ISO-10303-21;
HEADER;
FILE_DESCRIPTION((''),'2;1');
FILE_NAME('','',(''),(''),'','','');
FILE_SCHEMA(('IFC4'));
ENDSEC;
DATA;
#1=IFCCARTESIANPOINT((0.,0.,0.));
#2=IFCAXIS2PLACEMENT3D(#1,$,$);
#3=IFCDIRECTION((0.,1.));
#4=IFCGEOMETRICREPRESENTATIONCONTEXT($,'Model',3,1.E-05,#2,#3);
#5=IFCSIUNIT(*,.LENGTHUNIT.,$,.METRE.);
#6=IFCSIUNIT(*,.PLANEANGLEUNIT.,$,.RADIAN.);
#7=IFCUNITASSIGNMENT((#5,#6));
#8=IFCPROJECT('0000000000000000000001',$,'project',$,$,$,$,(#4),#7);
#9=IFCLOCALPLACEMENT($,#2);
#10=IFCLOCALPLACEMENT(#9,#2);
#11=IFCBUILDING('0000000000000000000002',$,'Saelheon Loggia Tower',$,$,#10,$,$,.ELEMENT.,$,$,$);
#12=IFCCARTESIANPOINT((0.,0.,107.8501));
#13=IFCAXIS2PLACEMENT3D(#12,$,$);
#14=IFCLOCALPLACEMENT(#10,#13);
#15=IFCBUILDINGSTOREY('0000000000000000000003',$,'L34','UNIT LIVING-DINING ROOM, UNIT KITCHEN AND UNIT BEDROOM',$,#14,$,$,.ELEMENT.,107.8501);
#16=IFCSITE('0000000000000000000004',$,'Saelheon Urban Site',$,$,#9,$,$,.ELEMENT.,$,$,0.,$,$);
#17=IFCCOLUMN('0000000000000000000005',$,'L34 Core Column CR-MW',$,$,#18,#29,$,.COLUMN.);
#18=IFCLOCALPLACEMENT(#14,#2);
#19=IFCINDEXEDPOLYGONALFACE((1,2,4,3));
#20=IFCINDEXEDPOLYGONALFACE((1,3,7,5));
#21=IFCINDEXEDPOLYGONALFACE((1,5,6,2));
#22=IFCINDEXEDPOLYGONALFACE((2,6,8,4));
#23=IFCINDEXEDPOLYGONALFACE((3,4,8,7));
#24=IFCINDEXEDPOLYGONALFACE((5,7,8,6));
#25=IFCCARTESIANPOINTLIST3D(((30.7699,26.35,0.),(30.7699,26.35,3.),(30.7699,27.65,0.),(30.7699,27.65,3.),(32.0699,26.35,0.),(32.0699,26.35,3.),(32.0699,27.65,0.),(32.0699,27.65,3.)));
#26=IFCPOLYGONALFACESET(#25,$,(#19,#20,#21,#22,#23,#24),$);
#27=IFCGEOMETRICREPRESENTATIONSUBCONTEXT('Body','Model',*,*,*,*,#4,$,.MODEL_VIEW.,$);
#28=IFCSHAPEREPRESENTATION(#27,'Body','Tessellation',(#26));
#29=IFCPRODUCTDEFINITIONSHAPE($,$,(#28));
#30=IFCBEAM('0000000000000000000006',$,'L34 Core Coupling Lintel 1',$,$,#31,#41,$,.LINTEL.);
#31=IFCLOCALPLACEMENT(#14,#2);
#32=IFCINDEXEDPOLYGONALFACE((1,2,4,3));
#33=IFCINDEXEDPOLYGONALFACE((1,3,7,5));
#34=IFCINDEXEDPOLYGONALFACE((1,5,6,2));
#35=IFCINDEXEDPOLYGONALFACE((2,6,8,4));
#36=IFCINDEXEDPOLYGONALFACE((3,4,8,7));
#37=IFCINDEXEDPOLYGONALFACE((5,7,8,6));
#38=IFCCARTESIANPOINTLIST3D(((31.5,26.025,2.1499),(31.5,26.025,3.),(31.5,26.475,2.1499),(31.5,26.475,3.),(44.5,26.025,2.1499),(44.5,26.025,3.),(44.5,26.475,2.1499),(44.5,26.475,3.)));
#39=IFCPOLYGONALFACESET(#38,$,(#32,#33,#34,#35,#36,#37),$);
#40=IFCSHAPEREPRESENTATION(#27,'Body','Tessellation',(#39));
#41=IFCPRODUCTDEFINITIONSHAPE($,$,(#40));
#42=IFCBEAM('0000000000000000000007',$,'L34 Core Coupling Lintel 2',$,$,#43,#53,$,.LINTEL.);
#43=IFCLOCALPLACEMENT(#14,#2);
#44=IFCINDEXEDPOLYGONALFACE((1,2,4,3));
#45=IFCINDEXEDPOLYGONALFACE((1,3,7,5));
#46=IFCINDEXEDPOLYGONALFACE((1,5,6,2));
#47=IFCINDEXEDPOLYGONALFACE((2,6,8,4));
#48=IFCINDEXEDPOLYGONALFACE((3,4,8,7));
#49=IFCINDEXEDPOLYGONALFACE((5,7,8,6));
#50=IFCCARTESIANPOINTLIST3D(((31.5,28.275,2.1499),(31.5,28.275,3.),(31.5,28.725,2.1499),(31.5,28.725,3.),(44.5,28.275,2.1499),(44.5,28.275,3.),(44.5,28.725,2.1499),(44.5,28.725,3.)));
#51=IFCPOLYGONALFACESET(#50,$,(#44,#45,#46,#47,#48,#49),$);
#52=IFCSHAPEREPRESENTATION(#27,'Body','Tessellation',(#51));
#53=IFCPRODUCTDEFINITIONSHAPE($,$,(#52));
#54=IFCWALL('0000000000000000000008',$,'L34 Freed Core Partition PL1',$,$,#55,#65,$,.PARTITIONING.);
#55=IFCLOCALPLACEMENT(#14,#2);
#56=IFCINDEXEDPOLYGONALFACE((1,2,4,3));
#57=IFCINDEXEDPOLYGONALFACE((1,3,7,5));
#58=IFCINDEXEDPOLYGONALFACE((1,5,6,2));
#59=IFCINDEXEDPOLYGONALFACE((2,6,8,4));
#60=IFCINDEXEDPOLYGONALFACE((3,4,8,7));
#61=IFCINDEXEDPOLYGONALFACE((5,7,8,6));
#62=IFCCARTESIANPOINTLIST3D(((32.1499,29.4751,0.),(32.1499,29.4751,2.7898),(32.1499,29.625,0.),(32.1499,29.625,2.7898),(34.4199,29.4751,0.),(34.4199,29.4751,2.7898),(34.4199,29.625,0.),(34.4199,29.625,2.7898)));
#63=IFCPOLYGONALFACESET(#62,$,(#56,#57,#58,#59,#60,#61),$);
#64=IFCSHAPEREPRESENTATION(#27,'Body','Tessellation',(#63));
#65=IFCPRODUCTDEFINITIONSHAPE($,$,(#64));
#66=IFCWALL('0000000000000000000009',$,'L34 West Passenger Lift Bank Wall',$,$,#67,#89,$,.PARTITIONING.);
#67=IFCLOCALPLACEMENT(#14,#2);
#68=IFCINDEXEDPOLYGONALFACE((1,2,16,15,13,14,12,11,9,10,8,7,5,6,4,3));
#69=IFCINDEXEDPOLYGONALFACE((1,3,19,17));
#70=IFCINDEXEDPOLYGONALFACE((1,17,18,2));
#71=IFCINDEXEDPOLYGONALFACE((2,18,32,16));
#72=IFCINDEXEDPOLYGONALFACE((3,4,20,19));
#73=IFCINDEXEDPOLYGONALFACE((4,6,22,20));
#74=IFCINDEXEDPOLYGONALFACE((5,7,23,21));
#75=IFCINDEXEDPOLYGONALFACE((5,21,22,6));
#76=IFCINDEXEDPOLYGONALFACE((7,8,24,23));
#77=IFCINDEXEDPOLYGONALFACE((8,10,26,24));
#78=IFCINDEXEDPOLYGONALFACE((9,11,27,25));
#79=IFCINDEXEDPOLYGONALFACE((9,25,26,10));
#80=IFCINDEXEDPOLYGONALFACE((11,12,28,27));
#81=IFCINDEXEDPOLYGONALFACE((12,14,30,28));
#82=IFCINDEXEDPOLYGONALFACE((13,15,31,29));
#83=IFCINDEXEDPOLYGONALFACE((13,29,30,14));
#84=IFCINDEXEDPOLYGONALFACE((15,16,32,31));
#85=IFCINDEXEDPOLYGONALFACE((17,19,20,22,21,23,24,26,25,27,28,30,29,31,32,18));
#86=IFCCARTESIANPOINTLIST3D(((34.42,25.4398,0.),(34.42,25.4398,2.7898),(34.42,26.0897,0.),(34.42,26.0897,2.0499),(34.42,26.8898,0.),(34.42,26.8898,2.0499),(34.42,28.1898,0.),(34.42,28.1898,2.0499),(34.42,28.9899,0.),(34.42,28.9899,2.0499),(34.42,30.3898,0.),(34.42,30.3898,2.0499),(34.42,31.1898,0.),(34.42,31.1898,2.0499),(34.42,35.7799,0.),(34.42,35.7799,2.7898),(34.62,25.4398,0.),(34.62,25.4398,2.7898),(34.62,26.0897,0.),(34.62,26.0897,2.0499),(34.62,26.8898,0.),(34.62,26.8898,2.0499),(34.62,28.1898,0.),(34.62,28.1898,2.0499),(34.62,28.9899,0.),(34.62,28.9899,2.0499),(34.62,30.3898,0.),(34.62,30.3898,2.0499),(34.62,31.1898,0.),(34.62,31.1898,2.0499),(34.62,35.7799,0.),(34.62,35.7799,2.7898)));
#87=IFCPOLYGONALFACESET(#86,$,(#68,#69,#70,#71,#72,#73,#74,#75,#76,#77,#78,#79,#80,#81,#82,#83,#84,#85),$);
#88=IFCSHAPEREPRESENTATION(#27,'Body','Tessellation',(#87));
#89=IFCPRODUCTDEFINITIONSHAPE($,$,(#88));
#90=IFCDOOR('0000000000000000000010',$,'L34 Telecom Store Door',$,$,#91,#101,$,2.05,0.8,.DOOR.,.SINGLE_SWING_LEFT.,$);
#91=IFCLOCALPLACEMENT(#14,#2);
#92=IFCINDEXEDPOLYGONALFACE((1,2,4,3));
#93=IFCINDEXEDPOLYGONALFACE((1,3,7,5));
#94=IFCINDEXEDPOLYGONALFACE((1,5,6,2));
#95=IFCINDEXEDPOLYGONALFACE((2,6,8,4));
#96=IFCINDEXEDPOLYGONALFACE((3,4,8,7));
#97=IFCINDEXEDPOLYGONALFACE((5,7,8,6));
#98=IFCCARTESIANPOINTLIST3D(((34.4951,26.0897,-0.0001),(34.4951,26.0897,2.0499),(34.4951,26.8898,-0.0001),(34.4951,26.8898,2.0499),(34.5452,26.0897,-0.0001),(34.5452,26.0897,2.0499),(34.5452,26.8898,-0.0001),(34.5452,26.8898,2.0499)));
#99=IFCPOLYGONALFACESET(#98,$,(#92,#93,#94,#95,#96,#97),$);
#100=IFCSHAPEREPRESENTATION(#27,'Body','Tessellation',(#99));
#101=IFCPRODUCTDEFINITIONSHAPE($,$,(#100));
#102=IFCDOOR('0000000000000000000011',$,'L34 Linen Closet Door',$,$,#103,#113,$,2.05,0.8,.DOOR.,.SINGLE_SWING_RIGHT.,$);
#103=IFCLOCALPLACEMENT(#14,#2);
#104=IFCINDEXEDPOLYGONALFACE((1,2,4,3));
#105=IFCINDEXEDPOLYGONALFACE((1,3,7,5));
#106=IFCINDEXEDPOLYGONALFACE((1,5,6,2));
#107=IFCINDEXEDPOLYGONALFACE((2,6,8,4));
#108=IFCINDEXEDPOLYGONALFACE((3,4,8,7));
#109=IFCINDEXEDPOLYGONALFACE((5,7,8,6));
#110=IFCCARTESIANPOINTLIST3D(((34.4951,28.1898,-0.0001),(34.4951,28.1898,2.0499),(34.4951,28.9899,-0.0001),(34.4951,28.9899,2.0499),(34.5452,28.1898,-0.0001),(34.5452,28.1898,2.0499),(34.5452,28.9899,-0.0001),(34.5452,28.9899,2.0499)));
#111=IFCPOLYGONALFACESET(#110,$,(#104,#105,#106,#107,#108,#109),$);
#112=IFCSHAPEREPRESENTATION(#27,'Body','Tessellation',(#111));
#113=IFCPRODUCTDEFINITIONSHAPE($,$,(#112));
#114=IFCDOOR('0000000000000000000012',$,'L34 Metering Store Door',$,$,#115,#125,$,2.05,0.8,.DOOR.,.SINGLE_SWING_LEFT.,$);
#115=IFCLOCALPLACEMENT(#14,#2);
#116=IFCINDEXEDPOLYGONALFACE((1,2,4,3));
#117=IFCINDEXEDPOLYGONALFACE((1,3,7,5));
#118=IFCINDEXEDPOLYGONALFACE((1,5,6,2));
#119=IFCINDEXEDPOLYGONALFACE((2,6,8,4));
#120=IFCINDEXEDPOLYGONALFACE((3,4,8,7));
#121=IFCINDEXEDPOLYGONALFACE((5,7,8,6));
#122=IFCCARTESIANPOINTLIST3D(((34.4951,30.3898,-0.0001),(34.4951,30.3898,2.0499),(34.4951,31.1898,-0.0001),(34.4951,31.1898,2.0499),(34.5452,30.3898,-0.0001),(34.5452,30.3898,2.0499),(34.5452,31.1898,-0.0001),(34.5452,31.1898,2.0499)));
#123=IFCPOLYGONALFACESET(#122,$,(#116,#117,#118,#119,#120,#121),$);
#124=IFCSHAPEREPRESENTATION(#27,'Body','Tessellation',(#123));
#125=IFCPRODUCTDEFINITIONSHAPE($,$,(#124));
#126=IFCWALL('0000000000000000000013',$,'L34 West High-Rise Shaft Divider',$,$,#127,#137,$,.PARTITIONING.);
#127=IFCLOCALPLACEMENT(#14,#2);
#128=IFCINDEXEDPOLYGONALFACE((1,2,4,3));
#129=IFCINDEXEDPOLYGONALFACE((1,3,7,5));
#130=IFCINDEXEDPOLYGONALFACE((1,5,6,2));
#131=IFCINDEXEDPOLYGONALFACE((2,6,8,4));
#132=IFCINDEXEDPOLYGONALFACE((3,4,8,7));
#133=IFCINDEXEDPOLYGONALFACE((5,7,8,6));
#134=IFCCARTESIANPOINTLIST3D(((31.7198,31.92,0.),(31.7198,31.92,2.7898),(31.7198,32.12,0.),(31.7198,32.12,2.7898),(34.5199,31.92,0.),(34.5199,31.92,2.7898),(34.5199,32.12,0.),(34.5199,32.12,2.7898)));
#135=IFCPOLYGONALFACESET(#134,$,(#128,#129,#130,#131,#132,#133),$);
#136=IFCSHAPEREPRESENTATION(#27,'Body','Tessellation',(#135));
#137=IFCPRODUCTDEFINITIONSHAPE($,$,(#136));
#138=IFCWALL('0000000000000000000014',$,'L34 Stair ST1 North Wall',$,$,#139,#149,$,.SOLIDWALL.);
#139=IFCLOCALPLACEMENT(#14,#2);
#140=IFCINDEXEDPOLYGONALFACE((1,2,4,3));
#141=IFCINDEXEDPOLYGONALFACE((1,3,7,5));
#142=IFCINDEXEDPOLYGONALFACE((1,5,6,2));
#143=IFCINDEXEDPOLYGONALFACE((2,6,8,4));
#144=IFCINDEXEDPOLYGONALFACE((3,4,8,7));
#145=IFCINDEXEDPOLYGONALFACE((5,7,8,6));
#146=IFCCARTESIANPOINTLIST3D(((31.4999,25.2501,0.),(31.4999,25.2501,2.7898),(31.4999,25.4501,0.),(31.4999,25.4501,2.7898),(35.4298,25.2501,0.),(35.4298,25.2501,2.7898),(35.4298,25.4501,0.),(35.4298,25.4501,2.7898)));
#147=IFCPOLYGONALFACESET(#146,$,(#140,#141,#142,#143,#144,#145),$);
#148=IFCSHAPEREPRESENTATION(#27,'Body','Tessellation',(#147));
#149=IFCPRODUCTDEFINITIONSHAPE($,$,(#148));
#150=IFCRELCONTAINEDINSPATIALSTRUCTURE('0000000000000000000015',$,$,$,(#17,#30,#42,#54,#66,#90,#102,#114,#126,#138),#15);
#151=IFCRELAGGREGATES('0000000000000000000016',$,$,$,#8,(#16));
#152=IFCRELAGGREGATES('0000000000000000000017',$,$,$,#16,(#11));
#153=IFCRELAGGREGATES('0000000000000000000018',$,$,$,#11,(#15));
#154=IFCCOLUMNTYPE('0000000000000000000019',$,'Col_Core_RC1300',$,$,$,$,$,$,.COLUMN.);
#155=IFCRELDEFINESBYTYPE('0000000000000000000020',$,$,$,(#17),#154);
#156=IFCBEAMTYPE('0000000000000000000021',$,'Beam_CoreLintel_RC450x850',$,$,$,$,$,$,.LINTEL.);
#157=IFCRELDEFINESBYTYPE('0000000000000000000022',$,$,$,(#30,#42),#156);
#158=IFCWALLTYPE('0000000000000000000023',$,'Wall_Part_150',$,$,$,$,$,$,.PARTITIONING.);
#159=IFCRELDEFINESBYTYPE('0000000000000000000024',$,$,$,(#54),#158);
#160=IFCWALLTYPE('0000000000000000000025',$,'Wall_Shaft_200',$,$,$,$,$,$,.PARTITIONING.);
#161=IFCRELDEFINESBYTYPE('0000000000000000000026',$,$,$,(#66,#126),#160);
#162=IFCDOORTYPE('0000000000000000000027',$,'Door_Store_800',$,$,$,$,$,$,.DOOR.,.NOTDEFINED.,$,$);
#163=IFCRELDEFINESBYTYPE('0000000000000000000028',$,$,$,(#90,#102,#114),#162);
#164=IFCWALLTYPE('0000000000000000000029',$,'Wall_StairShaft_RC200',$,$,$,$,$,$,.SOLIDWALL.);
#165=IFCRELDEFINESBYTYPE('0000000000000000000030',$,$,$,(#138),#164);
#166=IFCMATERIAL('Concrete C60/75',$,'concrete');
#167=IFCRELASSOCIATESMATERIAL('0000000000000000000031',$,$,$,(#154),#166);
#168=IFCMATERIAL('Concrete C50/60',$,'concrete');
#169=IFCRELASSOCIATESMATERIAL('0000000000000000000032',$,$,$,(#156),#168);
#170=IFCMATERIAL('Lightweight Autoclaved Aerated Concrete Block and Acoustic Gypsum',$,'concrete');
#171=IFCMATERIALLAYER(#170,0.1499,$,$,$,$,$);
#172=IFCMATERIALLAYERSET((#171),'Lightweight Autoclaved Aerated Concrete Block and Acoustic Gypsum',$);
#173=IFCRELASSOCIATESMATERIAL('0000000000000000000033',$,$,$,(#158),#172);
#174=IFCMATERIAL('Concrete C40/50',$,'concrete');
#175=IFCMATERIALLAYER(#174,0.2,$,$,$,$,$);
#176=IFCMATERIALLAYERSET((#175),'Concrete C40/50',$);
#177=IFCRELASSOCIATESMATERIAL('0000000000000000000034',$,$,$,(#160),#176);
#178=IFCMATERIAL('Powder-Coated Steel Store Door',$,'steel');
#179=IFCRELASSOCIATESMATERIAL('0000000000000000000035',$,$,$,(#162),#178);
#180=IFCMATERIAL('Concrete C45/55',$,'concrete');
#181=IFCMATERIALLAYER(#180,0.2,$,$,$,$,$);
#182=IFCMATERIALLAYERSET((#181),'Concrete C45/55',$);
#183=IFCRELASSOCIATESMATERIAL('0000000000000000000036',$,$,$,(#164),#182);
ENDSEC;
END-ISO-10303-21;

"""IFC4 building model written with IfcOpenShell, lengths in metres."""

from ifc_helpers import new_model, si_unit, direction, frame, frame_2d, origin, origin_2d, place, context, subcontext, project, spatial, rectangle, extrude, source, transform, mapped, material, layer, layer_set, material_profile, profile_set, type_object, element, fill, save


model = new_model("IFC4")

# Units and contexts
model_context = context("Model", 3, precision=1e-05, world=origin(), true_north=direction((0.0, 1.0)))
body_context = subcontext(model_context, "Body", "Model", "MODEL_VIEW")
ifc_project = project(units=[si_unit("LENGTHUNIT", "METRE"), si_unit("PLANEANGLEUNIT", "RADIAN")], contexts=[model_context])

# Site, building, storey
site_placement = place(None, origin())
site = spatial("IfcSite", under=ifc_project, at=site_placement, Name="Saelheon Urban Site", CompositionType="ELEMENT", RefElevation=0.0)
building_placement = place(site_placement, origin())
building = spatial("IfcBuilding", under=site, at=building_placement, Name="Saelheon Loggia Tower", CompositionType="ELEMENT")
storey_placement = place(building_placement, frame((0.0, 0.0, 107.8501)))
storey = spatial("IfcBuildingStorey", under=building, at=storey_placement, Name="L34", Description="UNIT LIVING-DINING ROOM, UNIT KITCHEN AND UNIT BEDROOM", CompositionType="ELEMENT", Elevation=107.8501)

# Column
ifc_material_1 = material(Name="Concrete C60/75", Category="concrete")
ifc_material_profile_1 = material_profile(ifc_material_1, rectangle(XDim=1.3, YDim=1.3, at=origin_2d()), Name="RC-1300x1300")
ifc_profile_set_1 = profile_set([ifc_material_profile_1], Name="Concrete C60/75")
column_type = type_object("IfcColumnType", Name="Col_Core_RC1300", PredefinedType="COLUMN", material=ifc_profile_set_1)
shared_shape_1 = source(origin(), body_context, "Body", "SweptSolid", [
    extrude(rectangle(XDim=1.3, YDim=1.3, at=origin_2d()), origin(), (0.0, 0.0, 1.0), 3.0),
])
column_placement = place(storey_placement, frame((31.4199, 27.0, 0.0), z_axis=(0.0, 0.0, 1.0), x_axis=(1.0, 0.0, 0.0)))
element("IfcColumn", 1, at=column_placement, inside=storey, type_object=column_type, Name="L34 Core Column CR-MW", PredefinedType="COLUMN", context=body_context, shape_type="MappedRepresentation", body=[
    mapped(shared_shape_1, transform((0.0, 0.0, 0.0), scale=1.0)),
])

# Beams
ifc_material_2 = material(Name="Concrete C50/60", Category="concrete")
ifc_material_profile_2 = material_profile(ifc_material_2, rectangle(XDim=0.45, YDim=0.8501, at=origin_2d()), Name="RC-450x850")
ifc_profile_set_2 = profile_set([ifc_material_profile_2], Name="Concrete C50/60")
beam_type = type_object("IfcBeamType", Name="Beam_CoreLintel_RC450x850", PredefinedType="LINTEL", material=ifc_profile_set_2)
shared_shape_2 = source(origin(), body_context, "Body", "SweptSolid", [
    extrude(rectangle(XDim=0.45, YDim=0.8501, at=origin_2d()), origin(), (0.0, 0.0, 1.0), 13.0),
])
for number, where, z_axis, x_axis, name in (
    (2, (31.5, 26.25, 2.575), (1.0, 0.0, 0.0), (0.0, 1.0, 0.0), "L34 Core Coupling Lintel 1"),
    (3, (31.5, 28.5, 2.575), (1.0, 0.0, 0.0), (0.0, 1.0, 0.0), "L34 Core Coupling Lintel 2"),
):
    element("IfcBeam", number, at=place(storey_placement, frame(where, z_axis=z_axis, x_axis=x_axis)), inside=storey, type_object=beam_type, Name=name, PredefinedType="LINTEL", context=body_context, shape_type="MappedRepresentation", body=[
        mapped(shared_shape_2, transform((0.0, 0.0, 0.0), scale=1.0)),
    ])

# Wall
ifc_material_3 = material(Name="Lightweight Autoclaved Aerated Concrete Block and Acoustic Gypsum", Category="concrete")
ifc_layer_1 = layer(ifc_material_3, 0.1499)
ifc_layer_set_1 = layer_set([ifc_layer_1], Name="Lightweight Autoclaved Aerated Concrete Block and Acoustic Gypsum")
wall_type_1 = type_object("IfcWallType", Name="Wall_Part_150", PredefinedType="PARTITIONING", material=ifc_layer_set_1)
wall_1_placement = place(storey_placement, frame((32.1499, 29.55, 0.0), z_axis=(0.0, 0.0, 1.0), x_axis=(1.0, 0.0, 0.0)))
element("IfcWall", 4, at=wall_1_placement, inside=storey, type_object=wall_type_1, Name="L34 Freed Core Partition PL1", PredefinedType="PARTITIONING", context=body_context, shape_type="SweptSolid", body=[
    extrude(rectangle(XDim=2.27, YDim=0.1499, at=frame_2d((1.135, 0.0))), origin(), (0.0, 0.0, 1.0), 2.7898),
])

# Shared definitions
ifc_material_4 = material(Name="Concrete C40/50", Category="concrete")
ifc_layer_2 = layer(ifc_material_4, 0.2)
ifc_layer_set_2 = layer_set([ifc_layer_2], Name="Concrete C40/50")
wall_type_2 = type_object("IfcWallType", Name="Wall_Shaft_200", PredefinedType="PARTITIONING", material=ifc_layer_set_2)

# Wall, openings, doors
wall_2_placement = place(storey_placement, frame((34.52, 25.4399, 0.0), z_axis=(0.0, 0.0, 1.0), x_axis=(0.0, 1.0, 0.0)))
wall_2 = element("IfcWall", 5, at=wall_2_placement, inside=storey, type_object=wall_type_2, Name="L34 West Passenger Lift Bank Wall", PredefinedType="PARTITIONING", context=body_context, shape_type="SweptSolid", body=[
    extrude(rectangle(XDim=10.3401, YDim=0.2, at=frame_2d((5.1699, 0.0))), origin(), (0.0, 0.0, 1.0), 2.7898),
])
opening_1_placement = place(wall_2_placement, frame((0.6499, 0.0, 0.0)))
opening_1 = element("IfcOpeningElement", 6, at=opening_1_placement, cuts=wall_2, PredefinedType="OPENING", context=body_context, shape_type="SweptSolid", body=[
    extrude(rectangle(XDim=0.8, YDim=2.05, at=frame_2d((0.3999, 1.0249))), frame((0.0, 0.1121, 0.0), z_axis=(0.0, -1.0, 0.0), x_axis=(1.0, 0.0, 0.0)), (0.0, 0.0, 1.0), 0.2239),
])
opening_2_placement = place(wall_2_placement, frame((2.75, 0.0, 0.0)))
opening_2 = element("IfcOpeningElement", 7, at=opening_2_placement, cuts=wall_2, PredefinedType="OPENING", context=body_context, shape_type="SweptSolid", body=[
    extrude(rectangle(XDim=0.8, YDim=2.05, at=frame_2d((0.3999, 1.0249))), frame((0.0, 0.1121, 0.0), z_axis=(0.0, -1.0, 0.0), x_axis=(1.0, 0.0, 0.0)), (0.0, 0.0, 1.0), 0.2239),
])
opening_3_placement = place(wall_2_placement, frame((4.95, 0.0, 0.0)))
opening_3 = element("IfcOpeningElement", 8, at=opening_3_placement, cuts=wall_2, PredefinedType="OPENING", context=body_context, shape_type="SweptSolid", body=[
    extrude(rectangle(XDim=0.8, YDim=2.05, at=frame_2d((0.3999, 1.0249))), frame((0.0, 0.1121, 0.0), z_axis=(0.0, -1.0, 0.0), x_axis=(1.0, 0.0, 0.0)), (0.0, 0.0, 1.0), 0.2239),
])
ifc_material_5 = material(Name="Powder-Coated Steel Store Door", Category="steel")
door_type_1 = type_object("IfcDoorType", Name="Door_Store_800", OperationType="NOTDEFINED", PredefinedType="DOOR", material=ifc_material_5)
shared_shape_3 = source(origin(), body_context, "Body", "SweptSolid", [
    extrude(rectangle(XDim=0.8, YDim=2.05, at=frame_2d((0.3999, 1.0249))), frame((0.0, 0.0249, 0.0), z_axis=(0.0, -1.0, 0.0), x_axis=(1.0, 0.0, 0.0)), (0.0, 0.0, 1.0), 0.05),
])
door_1_placement = place(opening_1_placement, origin())
door_1 = element("IfcDoor", 9, at=door_1_placement, inside=storey, type_object=door_type_1, Name="L34 Telecom Store Door", OperationType="SINGLE_SWING_LEFT", OverallHeight=2.05, OverallWidth=0.8, PredefinedType="DOOR", context=body_context, shape_type="MappedRepresentation", body=[
    mapped(shared_shape_3, transform((0.0, 0.0, 0.0), scale=1.0)),
])
fill(opening_1, door_1)
door_2_placement = place(opening_2_placement, origin())
door_2 = element("IfcDoor", 10, at=door_2_placement, inside=storey, type_object=door_type_1, Name="L34 Linen Closet Door", OperationType="SINGLE_SWING_RIGHT", OverallHeight=2.05, OverallWidth=0.8, PredefinedType="DOOR", context=body_context, shape_type="MappedRepresentation", body=[
    mapped(shared_shape_3, transform((0.0, 0.0, 0.0), scale=1.0)),
])
fill(opening_2, door_2)
door_3_placement = place(opening_3_placement, origin())
door_3 = element("IfcDoor", 11, at=door_3_placement, inside=storey, type_object=door_type_1, Name="L34 Metering Store Door", OperationType="SINGLE_SWING_LEFT", OverallHeight=2.05, OverallWidth=0.8, PredefinedType="DOOR", context=body_context, shape_type="MappedRepresentation", body=[
    mapped(shared_shape_3, transform((0.0, 0.0, 0.0), scale=1.0)),
])
fill(opening_3, door_3)

# Walls
wall_3_placement = place(storey_placement, frame((31.72, 32.02, 0.0), z_axis=(0.0, 0.0, 1.0), x_axis=(1.0, 0.0, 0.0)))
element("IfcWall", 12, at=wall_3_placement, inside=storey, type_object=wall_type_2, Name="L34 West High-Rise Shaft Divider", PredefinedType="PARTITIONING", context=body_context, shape_type="SweptSolid", body=[
    extrude(rectangle(XDim=2.8, YDim=0.2, at=frame_2d((1.3999, 0.0))), origin(), (0.0, 0.0, 1.0), 2.7898),
])
ifc_material_6 = material(Name="Concrete C45/55", Category="concrete")
ifc_layer_3 = layer(ifc_material_6, 0.2)
ifc_layer_set_3 = layer_set([ifc_layer_3], Name="Concrete C45/55")
wall_type_3 = type_object("IfcWallType", Name="Wall_StairShaft_RC200", PredefinedType="SOLIDWALL", material=ifc_layer_set_3)
wall_4_placement = place(storey_placement, frame((31.5, 25.3501, 0.0), z_axis=(0.0, 0.0, 1.0), x_axis=(1.0, 0.0, 0.0)))
element("IfcWall", 13, at=wall_4_placement, inside=storey, type_object=wall_type_3, Name="L34 Stair ST1 North Wall", PredefinedType="SOLIDWALL", context=body_context, shape_type="SweptSolid", body=[
    extrude(rectangle(XDim=3.9299, YDim=0.2, at=frame_2d((1.9648, 0.0))), origin(), (0.0, 0.0, 1.0), 2.7898),
])

save(model, "model.ifc")
